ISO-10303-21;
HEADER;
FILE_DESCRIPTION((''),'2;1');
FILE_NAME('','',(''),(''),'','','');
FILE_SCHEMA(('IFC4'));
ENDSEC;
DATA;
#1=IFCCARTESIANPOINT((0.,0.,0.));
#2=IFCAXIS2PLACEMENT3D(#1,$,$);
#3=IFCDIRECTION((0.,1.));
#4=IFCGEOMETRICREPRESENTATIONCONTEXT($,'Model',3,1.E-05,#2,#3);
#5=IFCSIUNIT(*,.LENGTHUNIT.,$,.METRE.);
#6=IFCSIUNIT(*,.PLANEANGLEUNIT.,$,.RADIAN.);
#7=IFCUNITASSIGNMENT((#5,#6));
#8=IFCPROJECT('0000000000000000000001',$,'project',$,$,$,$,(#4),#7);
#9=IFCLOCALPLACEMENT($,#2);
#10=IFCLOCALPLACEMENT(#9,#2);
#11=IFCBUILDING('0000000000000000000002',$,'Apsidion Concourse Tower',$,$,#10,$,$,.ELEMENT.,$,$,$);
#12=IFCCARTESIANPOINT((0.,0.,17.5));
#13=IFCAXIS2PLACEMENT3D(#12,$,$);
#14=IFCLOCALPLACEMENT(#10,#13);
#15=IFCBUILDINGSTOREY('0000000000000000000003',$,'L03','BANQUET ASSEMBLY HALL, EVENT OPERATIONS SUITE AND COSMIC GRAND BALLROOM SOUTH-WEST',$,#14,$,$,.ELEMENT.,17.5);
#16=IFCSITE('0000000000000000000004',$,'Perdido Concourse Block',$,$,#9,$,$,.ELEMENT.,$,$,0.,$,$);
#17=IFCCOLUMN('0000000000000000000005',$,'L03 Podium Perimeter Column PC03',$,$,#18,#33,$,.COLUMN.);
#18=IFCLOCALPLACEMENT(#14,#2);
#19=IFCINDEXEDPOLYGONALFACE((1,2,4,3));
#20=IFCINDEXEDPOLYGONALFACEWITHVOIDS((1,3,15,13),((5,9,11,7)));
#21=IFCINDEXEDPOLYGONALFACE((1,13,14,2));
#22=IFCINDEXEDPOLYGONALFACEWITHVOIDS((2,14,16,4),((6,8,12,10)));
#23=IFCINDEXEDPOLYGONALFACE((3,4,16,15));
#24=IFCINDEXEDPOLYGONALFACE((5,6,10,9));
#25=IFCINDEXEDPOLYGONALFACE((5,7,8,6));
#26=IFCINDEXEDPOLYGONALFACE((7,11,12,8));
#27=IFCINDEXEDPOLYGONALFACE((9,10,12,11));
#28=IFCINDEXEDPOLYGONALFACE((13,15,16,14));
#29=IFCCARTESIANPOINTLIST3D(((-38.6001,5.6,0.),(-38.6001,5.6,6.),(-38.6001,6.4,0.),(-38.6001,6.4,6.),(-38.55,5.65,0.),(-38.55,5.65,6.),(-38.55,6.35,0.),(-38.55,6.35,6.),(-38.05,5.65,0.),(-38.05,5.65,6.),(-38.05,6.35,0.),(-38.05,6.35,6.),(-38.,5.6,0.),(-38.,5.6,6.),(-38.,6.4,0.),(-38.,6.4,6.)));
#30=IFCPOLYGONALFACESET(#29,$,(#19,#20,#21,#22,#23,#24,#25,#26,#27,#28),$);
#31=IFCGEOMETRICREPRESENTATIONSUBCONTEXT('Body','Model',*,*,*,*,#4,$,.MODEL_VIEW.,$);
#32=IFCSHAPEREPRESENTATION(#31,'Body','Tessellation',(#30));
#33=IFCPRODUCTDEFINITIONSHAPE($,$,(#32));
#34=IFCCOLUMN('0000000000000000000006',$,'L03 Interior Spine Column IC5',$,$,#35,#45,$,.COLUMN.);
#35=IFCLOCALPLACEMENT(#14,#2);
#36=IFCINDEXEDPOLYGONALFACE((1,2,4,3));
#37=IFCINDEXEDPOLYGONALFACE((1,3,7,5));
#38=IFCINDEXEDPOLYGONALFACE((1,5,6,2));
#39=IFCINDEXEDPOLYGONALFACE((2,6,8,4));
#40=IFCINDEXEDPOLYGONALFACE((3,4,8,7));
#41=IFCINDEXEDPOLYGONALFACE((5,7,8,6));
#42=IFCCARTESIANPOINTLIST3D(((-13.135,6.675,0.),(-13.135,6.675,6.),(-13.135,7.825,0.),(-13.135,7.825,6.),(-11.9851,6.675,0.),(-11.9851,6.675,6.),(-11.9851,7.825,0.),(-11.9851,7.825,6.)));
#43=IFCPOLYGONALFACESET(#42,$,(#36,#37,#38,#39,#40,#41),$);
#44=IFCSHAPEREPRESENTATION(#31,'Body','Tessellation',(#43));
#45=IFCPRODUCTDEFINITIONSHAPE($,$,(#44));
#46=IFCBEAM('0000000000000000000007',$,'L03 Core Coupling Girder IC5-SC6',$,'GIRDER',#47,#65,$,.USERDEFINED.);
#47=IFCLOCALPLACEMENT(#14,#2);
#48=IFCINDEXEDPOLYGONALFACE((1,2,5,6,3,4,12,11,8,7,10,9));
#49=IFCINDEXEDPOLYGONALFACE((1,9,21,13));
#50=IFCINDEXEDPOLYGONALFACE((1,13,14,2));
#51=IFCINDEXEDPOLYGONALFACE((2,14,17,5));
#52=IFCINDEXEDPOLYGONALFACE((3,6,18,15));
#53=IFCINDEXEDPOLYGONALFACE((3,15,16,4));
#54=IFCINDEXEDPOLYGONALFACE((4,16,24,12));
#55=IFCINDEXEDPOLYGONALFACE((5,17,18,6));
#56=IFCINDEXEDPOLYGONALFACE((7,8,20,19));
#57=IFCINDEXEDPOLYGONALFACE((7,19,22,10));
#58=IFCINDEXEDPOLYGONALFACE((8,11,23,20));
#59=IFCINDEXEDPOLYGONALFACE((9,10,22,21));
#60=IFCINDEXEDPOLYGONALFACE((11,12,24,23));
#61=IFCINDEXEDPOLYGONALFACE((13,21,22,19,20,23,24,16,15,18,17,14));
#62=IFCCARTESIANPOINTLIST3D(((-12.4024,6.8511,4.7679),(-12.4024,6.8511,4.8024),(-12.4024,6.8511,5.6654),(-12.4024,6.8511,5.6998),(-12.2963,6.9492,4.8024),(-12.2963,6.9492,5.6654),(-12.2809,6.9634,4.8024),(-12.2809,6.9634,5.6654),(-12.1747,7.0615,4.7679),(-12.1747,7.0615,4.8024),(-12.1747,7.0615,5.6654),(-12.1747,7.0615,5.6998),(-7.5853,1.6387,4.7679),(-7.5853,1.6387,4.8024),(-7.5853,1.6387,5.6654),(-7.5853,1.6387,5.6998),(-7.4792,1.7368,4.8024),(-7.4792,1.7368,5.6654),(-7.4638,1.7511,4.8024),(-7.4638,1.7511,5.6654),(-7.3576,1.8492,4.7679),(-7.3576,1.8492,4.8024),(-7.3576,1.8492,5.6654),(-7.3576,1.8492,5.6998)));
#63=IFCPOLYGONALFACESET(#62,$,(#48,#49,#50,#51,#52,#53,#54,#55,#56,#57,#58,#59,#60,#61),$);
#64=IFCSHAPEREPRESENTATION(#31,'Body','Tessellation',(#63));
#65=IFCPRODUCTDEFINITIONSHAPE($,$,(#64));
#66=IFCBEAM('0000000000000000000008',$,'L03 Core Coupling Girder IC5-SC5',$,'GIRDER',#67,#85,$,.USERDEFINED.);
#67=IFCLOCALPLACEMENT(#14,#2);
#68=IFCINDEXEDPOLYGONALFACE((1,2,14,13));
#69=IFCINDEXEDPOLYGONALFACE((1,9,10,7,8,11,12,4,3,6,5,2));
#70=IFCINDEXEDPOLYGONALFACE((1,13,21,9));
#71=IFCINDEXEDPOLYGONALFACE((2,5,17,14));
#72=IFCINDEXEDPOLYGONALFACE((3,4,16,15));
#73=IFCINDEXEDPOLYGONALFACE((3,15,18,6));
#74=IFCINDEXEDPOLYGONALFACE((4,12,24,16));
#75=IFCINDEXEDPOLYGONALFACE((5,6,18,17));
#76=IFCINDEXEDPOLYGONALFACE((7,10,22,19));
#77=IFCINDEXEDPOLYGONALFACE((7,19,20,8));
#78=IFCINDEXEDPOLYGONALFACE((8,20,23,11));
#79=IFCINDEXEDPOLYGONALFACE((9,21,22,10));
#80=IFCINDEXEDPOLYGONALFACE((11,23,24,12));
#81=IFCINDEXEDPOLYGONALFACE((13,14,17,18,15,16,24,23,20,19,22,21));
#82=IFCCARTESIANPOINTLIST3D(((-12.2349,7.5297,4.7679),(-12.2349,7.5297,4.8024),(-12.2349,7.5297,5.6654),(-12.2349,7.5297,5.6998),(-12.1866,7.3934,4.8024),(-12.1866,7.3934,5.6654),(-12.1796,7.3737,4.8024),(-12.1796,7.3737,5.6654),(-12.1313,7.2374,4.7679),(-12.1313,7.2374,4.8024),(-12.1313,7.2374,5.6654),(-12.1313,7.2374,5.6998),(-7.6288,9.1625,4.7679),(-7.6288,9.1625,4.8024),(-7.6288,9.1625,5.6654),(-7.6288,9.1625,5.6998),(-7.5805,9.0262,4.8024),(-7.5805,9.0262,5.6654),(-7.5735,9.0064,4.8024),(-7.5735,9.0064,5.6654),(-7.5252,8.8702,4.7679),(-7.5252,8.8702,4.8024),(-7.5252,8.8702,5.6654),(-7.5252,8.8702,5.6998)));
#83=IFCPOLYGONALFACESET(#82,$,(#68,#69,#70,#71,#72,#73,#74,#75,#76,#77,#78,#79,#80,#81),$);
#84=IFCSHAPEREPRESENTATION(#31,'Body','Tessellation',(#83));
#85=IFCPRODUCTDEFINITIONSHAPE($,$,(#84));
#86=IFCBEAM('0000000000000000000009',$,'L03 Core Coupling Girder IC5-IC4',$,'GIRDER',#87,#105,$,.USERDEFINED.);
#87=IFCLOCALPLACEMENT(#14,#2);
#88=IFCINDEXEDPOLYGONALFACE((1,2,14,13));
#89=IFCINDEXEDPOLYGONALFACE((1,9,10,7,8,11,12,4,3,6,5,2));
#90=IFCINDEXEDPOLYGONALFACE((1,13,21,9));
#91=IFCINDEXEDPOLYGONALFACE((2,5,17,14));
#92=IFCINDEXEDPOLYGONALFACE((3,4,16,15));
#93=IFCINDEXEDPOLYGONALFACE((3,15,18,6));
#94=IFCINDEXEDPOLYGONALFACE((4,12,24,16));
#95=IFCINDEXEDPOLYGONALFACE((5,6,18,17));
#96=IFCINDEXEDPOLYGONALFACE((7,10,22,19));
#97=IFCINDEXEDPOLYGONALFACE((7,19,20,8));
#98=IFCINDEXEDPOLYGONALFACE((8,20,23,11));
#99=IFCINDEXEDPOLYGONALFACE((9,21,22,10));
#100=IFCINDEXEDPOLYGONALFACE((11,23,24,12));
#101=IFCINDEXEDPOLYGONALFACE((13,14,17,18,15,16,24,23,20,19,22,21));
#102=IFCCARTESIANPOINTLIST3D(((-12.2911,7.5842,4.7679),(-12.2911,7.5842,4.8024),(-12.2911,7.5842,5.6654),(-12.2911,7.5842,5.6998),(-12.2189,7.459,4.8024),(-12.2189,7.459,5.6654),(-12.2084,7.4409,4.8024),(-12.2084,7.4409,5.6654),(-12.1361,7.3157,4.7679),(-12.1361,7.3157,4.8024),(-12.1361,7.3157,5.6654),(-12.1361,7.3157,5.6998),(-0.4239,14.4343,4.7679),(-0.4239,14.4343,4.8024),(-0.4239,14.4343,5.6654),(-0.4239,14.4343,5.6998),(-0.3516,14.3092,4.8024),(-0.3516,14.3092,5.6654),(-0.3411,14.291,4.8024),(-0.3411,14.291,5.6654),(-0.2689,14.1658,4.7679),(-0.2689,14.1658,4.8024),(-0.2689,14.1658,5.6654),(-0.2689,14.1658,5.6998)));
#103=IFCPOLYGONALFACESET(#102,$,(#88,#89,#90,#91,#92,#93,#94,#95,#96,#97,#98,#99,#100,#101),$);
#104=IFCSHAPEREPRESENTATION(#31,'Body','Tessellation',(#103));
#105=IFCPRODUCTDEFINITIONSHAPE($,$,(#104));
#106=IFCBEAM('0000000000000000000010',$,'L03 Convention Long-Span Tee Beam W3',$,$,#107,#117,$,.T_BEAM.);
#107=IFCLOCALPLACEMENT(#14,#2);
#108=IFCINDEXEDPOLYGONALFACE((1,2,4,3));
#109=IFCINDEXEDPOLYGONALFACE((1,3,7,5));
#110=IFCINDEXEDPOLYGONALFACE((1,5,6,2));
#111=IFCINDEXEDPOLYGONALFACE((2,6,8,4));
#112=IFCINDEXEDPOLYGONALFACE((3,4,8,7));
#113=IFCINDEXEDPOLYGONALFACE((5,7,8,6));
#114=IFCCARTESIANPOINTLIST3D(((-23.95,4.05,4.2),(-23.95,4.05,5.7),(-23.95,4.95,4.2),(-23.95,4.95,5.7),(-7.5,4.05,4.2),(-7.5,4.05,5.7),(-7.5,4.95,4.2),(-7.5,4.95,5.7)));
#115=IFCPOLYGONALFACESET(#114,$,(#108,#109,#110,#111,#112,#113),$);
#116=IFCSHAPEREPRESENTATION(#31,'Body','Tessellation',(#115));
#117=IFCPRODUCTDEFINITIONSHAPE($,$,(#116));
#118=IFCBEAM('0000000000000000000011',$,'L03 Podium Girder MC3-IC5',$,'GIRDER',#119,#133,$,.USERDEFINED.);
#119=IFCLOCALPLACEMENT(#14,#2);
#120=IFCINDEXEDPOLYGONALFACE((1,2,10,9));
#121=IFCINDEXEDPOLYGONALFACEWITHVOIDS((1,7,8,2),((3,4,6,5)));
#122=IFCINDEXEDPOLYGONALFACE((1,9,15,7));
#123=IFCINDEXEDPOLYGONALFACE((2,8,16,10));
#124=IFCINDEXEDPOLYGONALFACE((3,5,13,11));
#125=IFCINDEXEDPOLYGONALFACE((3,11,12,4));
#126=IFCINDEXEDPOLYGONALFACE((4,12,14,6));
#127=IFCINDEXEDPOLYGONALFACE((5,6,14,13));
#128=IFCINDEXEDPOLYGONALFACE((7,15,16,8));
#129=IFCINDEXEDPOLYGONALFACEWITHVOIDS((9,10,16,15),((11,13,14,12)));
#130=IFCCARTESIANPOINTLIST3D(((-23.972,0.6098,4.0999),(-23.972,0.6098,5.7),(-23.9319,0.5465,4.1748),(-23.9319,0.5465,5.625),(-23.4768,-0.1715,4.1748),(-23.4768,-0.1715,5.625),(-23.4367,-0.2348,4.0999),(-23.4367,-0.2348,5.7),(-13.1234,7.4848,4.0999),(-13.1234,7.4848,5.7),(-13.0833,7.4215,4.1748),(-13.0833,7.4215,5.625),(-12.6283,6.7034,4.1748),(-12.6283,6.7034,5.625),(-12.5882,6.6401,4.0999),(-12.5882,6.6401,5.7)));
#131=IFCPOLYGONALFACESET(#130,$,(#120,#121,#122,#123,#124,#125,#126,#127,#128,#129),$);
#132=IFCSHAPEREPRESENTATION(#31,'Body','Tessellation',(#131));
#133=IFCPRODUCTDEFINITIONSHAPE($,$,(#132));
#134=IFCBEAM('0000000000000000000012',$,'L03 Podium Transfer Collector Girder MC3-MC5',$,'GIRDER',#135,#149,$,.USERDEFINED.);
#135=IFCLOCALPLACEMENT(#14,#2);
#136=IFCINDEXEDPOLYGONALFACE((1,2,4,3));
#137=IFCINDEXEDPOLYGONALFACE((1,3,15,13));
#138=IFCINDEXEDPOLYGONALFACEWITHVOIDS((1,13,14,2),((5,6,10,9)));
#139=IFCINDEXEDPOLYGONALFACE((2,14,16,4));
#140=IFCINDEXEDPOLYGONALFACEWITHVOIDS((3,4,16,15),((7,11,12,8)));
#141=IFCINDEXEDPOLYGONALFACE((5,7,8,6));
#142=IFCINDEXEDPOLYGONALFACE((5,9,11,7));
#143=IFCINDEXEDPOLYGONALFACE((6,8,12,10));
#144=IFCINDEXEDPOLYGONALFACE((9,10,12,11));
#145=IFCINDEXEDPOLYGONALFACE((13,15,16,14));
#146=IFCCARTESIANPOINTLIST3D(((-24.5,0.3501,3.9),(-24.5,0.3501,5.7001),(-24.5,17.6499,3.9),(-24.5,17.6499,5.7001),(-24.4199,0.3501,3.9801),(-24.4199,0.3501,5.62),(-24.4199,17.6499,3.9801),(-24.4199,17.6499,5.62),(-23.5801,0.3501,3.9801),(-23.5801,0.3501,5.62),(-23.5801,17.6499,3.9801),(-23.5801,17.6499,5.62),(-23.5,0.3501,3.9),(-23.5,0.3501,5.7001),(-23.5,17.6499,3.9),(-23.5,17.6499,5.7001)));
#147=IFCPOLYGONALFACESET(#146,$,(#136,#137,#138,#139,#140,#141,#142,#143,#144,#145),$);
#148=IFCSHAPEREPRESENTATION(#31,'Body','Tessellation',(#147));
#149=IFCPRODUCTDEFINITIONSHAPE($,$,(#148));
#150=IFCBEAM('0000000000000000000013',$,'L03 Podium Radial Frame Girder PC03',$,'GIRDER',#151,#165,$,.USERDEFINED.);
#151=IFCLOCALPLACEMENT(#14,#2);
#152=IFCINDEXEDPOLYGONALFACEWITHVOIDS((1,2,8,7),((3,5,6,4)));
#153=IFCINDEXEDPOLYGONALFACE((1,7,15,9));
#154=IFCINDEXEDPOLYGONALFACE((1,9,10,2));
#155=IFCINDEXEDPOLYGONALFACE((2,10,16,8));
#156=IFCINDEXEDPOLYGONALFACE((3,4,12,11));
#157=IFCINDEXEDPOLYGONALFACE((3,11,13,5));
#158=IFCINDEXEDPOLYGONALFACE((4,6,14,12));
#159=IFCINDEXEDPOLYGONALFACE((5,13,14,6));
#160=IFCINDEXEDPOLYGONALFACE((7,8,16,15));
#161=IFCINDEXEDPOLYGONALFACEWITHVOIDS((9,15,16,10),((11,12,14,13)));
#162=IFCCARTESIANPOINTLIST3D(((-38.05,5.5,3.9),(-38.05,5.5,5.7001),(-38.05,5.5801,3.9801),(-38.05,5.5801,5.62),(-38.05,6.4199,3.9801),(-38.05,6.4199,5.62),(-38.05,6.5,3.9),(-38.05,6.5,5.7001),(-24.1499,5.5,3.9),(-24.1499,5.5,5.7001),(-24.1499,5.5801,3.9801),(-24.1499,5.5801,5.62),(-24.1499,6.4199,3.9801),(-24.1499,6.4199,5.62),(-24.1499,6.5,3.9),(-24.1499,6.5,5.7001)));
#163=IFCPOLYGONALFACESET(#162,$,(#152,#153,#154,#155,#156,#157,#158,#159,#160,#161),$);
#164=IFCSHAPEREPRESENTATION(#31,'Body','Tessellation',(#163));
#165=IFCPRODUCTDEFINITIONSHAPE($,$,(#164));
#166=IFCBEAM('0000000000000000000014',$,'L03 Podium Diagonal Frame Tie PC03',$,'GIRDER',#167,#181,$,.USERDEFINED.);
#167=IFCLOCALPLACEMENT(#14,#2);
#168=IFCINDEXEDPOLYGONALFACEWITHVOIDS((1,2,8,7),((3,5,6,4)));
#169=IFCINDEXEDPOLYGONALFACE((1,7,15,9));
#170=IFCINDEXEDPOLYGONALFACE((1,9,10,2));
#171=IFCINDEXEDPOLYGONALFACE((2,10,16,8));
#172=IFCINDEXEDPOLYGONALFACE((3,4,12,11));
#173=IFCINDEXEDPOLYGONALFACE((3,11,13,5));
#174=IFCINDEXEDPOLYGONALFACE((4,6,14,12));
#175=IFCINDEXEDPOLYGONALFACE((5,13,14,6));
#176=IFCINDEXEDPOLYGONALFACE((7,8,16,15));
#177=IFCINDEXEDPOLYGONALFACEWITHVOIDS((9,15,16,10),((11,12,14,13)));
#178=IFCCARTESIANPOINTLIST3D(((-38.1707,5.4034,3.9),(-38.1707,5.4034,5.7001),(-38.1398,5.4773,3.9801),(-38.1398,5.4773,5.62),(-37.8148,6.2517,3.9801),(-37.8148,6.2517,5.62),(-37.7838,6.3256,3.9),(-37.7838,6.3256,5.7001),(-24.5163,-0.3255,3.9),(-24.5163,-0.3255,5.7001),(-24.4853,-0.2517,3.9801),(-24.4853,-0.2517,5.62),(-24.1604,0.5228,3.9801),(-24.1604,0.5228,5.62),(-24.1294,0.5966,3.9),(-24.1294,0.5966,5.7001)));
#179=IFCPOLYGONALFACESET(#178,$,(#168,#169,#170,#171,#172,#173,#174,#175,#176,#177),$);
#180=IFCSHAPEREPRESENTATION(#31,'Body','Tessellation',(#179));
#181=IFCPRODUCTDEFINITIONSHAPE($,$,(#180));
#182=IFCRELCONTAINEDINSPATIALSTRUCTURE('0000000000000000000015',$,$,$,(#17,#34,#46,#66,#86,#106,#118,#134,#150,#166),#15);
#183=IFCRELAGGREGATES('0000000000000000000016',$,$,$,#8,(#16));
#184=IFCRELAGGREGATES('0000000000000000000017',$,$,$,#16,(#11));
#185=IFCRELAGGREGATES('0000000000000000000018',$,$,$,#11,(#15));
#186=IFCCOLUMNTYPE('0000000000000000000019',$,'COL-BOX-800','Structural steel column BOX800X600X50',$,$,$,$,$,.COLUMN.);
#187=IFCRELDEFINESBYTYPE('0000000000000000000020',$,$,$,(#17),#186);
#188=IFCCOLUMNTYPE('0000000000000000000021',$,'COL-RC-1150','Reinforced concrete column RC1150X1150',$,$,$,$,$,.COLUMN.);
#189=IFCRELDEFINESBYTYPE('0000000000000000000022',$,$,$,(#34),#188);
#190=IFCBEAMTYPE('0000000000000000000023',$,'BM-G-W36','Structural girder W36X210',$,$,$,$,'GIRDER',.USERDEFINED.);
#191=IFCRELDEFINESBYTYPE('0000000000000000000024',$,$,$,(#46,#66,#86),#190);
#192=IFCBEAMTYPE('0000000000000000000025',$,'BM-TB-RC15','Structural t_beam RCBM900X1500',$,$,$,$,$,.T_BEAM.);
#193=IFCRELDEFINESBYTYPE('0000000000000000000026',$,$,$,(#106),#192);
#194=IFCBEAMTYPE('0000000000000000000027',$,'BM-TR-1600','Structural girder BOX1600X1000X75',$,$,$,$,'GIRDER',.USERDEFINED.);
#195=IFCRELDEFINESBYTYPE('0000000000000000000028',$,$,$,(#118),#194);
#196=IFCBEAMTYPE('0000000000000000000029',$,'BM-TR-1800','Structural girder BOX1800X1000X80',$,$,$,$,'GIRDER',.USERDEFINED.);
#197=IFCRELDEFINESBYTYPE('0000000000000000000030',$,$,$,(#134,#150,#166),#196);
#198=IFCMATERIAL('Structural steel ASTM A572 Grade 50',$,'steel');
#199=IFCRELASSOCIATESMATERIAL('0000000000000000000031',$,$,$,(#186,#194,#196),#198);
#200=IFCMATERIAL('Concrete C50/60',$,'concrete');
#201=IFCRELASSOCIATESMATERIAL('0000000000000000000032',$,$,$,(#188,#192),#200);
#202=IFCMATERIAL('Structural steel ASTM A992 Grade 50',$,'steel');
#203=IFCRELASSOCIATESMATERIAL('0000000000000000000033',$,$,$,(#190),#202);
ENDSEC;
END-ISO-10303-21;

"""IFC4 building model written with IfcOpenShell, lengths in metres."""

from ifc_helpers import new_model, si_unit, direction, frame, origin, origin_2d, place, context, subcontext, project, spatial, rectangle, hollow_rectangle, i_section, extrude, material, material_profile, profile_set, type_object, element, save


model = new_model("IFC4")

# Units and contexts
model_context = context("Model", 3, precision=1e-05, world=origin(), true_north=direction((0.0, 1.0)))
body_context = subcontext(model_context, "Body", "Model", "MODEL_VIEW")
ifc_project = project(units=[si_unit("LENGTHUNIT", "METRE"), si_unit("PLANEANGLEUNIT", "RADIAN")], contexts=[model_context])

# Site, building, storey
site_placement = place(None, origin())
site = spatial("IfcSite", under=ifc_project, at=site_placement, Name="Perdido Concourse Block", CompositionType="ELEMENT", RefElevation=0.0)
building_placement = place(site_placement, origin())
building = spatial("IfcBuilding", under=site, at=building_placement, Name="Apsidion Concourse Tower", CompositionType="ELEMENT")
storey_placement = place(building_placement, frame((0.0, 0.0, 17.5)))
storey = spatial("IfcBuildingStorey", under=building, at=storey_placement, Name="L03", Description="BANQUET ASSEMBLY HALL, EVENT OPERATIONS SUITE AND COSMIC GRAND BALLROOM SOUTH-WEST", CompositionType="ELEMENT", Elevation=17.5)

# Columns
ifc_material_1 = material(Name="Structural steel ASTM A572 Grade 50", Category="steel")
ifc_material_profile_1 = material_profile(ifc_material_1, hollow_rectangle(XDim=0.6001, YDim=0.8, WallThickness=0.05, at=origin_2d()), Name="BOX800X600X50")
ifc_profile_set_1 = profile_set([ifc_material_profile_1], Name="Structural steel ASTM A572 Grade 50")
column_type_1 = type_object("IfcColumnType", Name="COL-BOX-800", Description="Structural steel column BOX800X600X50", PredefinedType="COLUMN", material=ifc_profile_set_1)
column_1_placement = place(storey_placement, frame((-38.3, 6.0, 0.0), z_axis=(0.0, 0.0, 1.0), x_axis=(1.0, 0.0, 0.0)))
element("IfcColumn", 1, at=column_1_placement, inside=storey, type_object=column_type_1, Name="L03 Podium Perimeter Column PC03", PredefinedType="COLUMN", context=body_context, shape_type="SweptSolid", body=[
    extrude(hollow_rectangle(XDim=0.6001, YDim=0.8, WallThickness=0.05, at=origin_2d()), origin(), (0.0, 0.0, 1.0), 6.0),
])
ifc_material_2 = material(Name="Concrete C50/60", Category="concrete")
ifc_material_profile_2 = material_profile(ifc_material_2, rectangle(XDim=1.1499, YDim=1.1499, at=origin_2d()), Name="RC 1150x1150")
ifc_profile_set_2 = profile_set([ifc_material_profile_2], Name="Concrete C50/60")
column_type_2 = type_object("IfcColumnType", Name="COL-RC-1150", Description="Reinforced concrete column RC1150X1150", PredefinedType="COLUMN", material=ifc_profile_set_2)
column_2_placement = place(storey_placement, frame((-12.5601, 7.25, 0.0), z_axis=(0.0, 0.0, 1.0), x_axis=(1.0, 0.0, 0.0)))
element("IfcColumn", 2, at=column_2_placement, inside=storey, type_object=column_type_2, Name="L03 Interior Spine Column IC5", PredefinedType="COLUMN", context=body_context, shape_type="SweptSolid", body=[
    extrude(rectangle(XDim=1.1499, YDim=1.1499, at=origin_2d()), origin(), (0.0, 0.0, 1.0), 6.0),
])

# Beams
ifc_material_3 = material(Name="Structural steel ASTM A992 Grade 50", Category="steel")
ifc_material_profile_3 = material_profile(ifc_material_3, i_section(OverallWidth=0.3101, OverallDepth=0.9319, WebThickness=0.021, FlangeThickness=0.0344, at=origin_2d()), Name="W36X210")
ifc_profile_set_3 = profile_set([ifc_material_profile_3], Name="Structural steel ASTM A992 Grade 50")
beam_type_1 = type_object("IfcBeamType", Name="BM-G-W36", Description="Structural girder W36X210", ElementType="GIRDER", PredefinedType="USERDEFINED", material=ifc_profile_set_3)
beam_1_placement = place(storey_placement, frame((-12.2886, 6.9563, 5.2339), z_axis=(0.678713, -0.734404, 0.0), x_axis=(0.734404, 0.678713, 0.0)))
element("IfcBeam", 3, at=beam_1_placement, inside=storey, type_object=beam_type_1, Name="L03 Core Coupling Girder IC5-SC6", ObjectType="GIRDER", PredefinedType="USERDEFINED", context=body_context, shape_type="SweptSolid", body=[
    extrude(i_section(OverallWidth=0.3101, OverallDepth=0.9319, WebThickness=0.021, FlangeThickness=0.0344, at=origin_2d()), origin(), (0.0, 0.0, 1.0), 7.0974),
])
beam_2_placement = place(storey_placement, frame((-12.1831, 7.3835, 5.2339), z_axis=(0.942534, 0.334111, 0.0), x_axis=(-0.334111, 0.942534, 0.0)))
element("IfcBeam", 4, at=beam_2_placement, inside=storey, type_object=beam_type_1, Name="L03 Core Coupling Girder IC5-SC5", ObjectType="GIRDER", PredefinedType="USERDEFINED", context=body_context, shape_type="SweptSolid", body=[
    extrude(i_section(OverallWidth=0.3101, OverallDepth=0.9319, WebThickness=0.021, FlangeThickness=0.0344, at=origin_2d()), origin(), (0.0, 0.0, 1.0), 4.887),
])
beam_3_placement = place(storey_placement, frame((-12.2136, 7.45, 5.2339), z_axis=(0.86607, 0.499922, 0.0), x_axis=(-0.499922, 0.86607, 0.0)))
element("IfcBeam", 5, at=beam_3_placement, inside=storey, type_object=beam_type_1, Name="L03 Core Coupling Girder IC5-IC4", ObjectType="GIRDER", PredefinedType="USERDEFINED", context=body_context, shape_type="SweptSolid", body=[
    extrude(i_section(OverallWidth=0.3101, OverallDepth=0.9319, WebThickness=0.021, FlangeThickness=0.0344, at=origin_2d()), origin(), (0.0, 0.0, 1.0), 13.7024),
])
ifc_material_profile_4 = material_profile(ifc_material_2, rectangle(XDim=0.8999, YDim=1.5, at=origin_2d()), Name="RC 900x1500")
ifc_profile_set_4 = profile_set([ifc_material_profile_4], Name="Concrete C50/60")
beam_type_2 = type_object("IfcBeamType", Name="BM-TB-RC15", Description="Structural t_beam RCBM900X1500", PredefinedType="T_BEAM", material=ifc_profile_set_4)
beam_4_placement = place(storey_placement, frame((-23.95, 4.5, 4.95), z_axis=(1.0, 0.0, 0.0), x_axis=(0.0, 1.0, 0.0)))
element("IfcBeam", 6, at=beam_4_placement, inside=storey, type_object=beam_type_2, Name="L03 Convention Long-Span Tee Beam W3", PredefinedType="T_BEAM", context=body_context, shape_type="SweptSolid", body=[
    extrude(rectangle(XDim=0.8999, YDim=1.5, at=origin_2d()), origin(), (0.0, 0.0, 1.0), 16.45),
])
ifc_material_profile_5 = material_profile(ifc_material_1, hollow_rectangle(XDim=1.0, YDim=1.6001, WallThickness=0.075, at=origin_2d()), Name="BOX1600X1000X75")
ifc_profile_set_5 = profile_set([ifc_material_profile_5], Name="Structural steel ASTM A572 Grade 50")
beam_type_3 = type_object("IfcBeamType", Name="BM-TR-1600", Description="Structural girder BOX1600X1000X75", ElementType="GIRDER", PredefinedType="USERDEFINED", material=ifc_profile_set_5)
beam_5_placement = place(storey_placement, frame((-23.7043, 0.1875, 4.8999), z_axis=(0.844671, 0.535285, 0.0), x_axis=(-0.535285, 0.844671, 0.0)))
element("IfcBeam", 7, at=beam_5_placement, inside=storey, type_object=beam_type_3, Name="L03 Podium Girder MC3-IC5", ObjectType="GIRDER", PredefinedType="USERDEFINED", context=body_context, shape_type="SweptSolid", body=[
    extrude(hollow_rectangle(XDim=1.0, YDim=1.6001, WallThickness=0.075, at=origin_2d()), origin(), (0.0, 0.0, 1.0), 12.8435),
])
ifc_material_profile_6 = material_profile(ifc_material_1, hollow_rectangle(XDim=1.0, YDim=1.8, WallThickness=0.0801, at=origin_2d()), Name="BOX1800X1000X80")
ifc_profile_set_6 = profile_set([ifc_material_profile_6], Name="Structural steel ASTM A572 Grade 50")
beam_type_4 = type_object("IfcBeamType", Name="BM-TR-1800", Description="Structural girder BOX1800X1000X80", ElementType="GIRDER", PredefinedType="USERDEFINED", material=ifc_profile_set_6)
beam_6_placement = place(storey_placement, frame((-24.0, 0.3501, 4.8), z_axis=(0.0, 1.0, 0.0), x_axis=(-1.0, 0.0, 0.0)))
element("IfcBeam", 8, at=beam_6_placement, inside=storey, type_object=beam_type_4, Name="L03 Podium Transfer Collector Girder MC3-MC5", ObjectType="GIRDER", PredefinedType="USERDEFINED", context=body_context, shape_type="SweptSolid", body=[
    extrude(hollow_rectangle(XDim=1.0, YDim=1.8, WallThickness=0.0801, at=origin_2d()), origin(), (0.0, 0.0, 1.0), 17.2998),
])
beam_7_placement = place(storey_placement, frame((-38.05, 6.0, 4.8), z_axis=(1.0, 0.0, 0.0), x_axis=(0.0, 1.0, 0.0)))
element("IfcBeam", 9, at=beam_7_placement, inside=storey, type_object=beam_type_4, Name="L03 Podium Radial Frame Girder PC03", ObjectType="GIRDER", PredefinedType="USERDEFINED", context=body_context, shape_type="SweptSolid", body=[
    extrude(hollow_rectangle(XDim=1.0, YDim=1.8, WallThickness=0.0801, at=origin_2d()), origin(), (0.0, 0.0, 1.0), 13.9001),
])
beam_8_placement = place(storey_placement, frame((-37.9773, 5.8645, 4.8), z_axis=(0.922124, -0.386894, 0.0), x_axis=(0.386894, 0.922124, 0.0)))
element("IfcBeam", 10, at=beam_8_placement, inside=storey, type_object=beam_type_4, Name="L03 Podium Diagonal Frame Tie PC03", ObjectType="GIRDER", PredefinedType="USERDEFINED", context=body_context, shape_type="SweptSolid", body=[
    extrude(hollow_rectangle(XDim=1.0, YDim=1.8, WallThickness=0.0801, at=origin_2d()), origin(), (0.0, 0.0, 1.0), 14.8076),
])

save(model, "model.ifc")
